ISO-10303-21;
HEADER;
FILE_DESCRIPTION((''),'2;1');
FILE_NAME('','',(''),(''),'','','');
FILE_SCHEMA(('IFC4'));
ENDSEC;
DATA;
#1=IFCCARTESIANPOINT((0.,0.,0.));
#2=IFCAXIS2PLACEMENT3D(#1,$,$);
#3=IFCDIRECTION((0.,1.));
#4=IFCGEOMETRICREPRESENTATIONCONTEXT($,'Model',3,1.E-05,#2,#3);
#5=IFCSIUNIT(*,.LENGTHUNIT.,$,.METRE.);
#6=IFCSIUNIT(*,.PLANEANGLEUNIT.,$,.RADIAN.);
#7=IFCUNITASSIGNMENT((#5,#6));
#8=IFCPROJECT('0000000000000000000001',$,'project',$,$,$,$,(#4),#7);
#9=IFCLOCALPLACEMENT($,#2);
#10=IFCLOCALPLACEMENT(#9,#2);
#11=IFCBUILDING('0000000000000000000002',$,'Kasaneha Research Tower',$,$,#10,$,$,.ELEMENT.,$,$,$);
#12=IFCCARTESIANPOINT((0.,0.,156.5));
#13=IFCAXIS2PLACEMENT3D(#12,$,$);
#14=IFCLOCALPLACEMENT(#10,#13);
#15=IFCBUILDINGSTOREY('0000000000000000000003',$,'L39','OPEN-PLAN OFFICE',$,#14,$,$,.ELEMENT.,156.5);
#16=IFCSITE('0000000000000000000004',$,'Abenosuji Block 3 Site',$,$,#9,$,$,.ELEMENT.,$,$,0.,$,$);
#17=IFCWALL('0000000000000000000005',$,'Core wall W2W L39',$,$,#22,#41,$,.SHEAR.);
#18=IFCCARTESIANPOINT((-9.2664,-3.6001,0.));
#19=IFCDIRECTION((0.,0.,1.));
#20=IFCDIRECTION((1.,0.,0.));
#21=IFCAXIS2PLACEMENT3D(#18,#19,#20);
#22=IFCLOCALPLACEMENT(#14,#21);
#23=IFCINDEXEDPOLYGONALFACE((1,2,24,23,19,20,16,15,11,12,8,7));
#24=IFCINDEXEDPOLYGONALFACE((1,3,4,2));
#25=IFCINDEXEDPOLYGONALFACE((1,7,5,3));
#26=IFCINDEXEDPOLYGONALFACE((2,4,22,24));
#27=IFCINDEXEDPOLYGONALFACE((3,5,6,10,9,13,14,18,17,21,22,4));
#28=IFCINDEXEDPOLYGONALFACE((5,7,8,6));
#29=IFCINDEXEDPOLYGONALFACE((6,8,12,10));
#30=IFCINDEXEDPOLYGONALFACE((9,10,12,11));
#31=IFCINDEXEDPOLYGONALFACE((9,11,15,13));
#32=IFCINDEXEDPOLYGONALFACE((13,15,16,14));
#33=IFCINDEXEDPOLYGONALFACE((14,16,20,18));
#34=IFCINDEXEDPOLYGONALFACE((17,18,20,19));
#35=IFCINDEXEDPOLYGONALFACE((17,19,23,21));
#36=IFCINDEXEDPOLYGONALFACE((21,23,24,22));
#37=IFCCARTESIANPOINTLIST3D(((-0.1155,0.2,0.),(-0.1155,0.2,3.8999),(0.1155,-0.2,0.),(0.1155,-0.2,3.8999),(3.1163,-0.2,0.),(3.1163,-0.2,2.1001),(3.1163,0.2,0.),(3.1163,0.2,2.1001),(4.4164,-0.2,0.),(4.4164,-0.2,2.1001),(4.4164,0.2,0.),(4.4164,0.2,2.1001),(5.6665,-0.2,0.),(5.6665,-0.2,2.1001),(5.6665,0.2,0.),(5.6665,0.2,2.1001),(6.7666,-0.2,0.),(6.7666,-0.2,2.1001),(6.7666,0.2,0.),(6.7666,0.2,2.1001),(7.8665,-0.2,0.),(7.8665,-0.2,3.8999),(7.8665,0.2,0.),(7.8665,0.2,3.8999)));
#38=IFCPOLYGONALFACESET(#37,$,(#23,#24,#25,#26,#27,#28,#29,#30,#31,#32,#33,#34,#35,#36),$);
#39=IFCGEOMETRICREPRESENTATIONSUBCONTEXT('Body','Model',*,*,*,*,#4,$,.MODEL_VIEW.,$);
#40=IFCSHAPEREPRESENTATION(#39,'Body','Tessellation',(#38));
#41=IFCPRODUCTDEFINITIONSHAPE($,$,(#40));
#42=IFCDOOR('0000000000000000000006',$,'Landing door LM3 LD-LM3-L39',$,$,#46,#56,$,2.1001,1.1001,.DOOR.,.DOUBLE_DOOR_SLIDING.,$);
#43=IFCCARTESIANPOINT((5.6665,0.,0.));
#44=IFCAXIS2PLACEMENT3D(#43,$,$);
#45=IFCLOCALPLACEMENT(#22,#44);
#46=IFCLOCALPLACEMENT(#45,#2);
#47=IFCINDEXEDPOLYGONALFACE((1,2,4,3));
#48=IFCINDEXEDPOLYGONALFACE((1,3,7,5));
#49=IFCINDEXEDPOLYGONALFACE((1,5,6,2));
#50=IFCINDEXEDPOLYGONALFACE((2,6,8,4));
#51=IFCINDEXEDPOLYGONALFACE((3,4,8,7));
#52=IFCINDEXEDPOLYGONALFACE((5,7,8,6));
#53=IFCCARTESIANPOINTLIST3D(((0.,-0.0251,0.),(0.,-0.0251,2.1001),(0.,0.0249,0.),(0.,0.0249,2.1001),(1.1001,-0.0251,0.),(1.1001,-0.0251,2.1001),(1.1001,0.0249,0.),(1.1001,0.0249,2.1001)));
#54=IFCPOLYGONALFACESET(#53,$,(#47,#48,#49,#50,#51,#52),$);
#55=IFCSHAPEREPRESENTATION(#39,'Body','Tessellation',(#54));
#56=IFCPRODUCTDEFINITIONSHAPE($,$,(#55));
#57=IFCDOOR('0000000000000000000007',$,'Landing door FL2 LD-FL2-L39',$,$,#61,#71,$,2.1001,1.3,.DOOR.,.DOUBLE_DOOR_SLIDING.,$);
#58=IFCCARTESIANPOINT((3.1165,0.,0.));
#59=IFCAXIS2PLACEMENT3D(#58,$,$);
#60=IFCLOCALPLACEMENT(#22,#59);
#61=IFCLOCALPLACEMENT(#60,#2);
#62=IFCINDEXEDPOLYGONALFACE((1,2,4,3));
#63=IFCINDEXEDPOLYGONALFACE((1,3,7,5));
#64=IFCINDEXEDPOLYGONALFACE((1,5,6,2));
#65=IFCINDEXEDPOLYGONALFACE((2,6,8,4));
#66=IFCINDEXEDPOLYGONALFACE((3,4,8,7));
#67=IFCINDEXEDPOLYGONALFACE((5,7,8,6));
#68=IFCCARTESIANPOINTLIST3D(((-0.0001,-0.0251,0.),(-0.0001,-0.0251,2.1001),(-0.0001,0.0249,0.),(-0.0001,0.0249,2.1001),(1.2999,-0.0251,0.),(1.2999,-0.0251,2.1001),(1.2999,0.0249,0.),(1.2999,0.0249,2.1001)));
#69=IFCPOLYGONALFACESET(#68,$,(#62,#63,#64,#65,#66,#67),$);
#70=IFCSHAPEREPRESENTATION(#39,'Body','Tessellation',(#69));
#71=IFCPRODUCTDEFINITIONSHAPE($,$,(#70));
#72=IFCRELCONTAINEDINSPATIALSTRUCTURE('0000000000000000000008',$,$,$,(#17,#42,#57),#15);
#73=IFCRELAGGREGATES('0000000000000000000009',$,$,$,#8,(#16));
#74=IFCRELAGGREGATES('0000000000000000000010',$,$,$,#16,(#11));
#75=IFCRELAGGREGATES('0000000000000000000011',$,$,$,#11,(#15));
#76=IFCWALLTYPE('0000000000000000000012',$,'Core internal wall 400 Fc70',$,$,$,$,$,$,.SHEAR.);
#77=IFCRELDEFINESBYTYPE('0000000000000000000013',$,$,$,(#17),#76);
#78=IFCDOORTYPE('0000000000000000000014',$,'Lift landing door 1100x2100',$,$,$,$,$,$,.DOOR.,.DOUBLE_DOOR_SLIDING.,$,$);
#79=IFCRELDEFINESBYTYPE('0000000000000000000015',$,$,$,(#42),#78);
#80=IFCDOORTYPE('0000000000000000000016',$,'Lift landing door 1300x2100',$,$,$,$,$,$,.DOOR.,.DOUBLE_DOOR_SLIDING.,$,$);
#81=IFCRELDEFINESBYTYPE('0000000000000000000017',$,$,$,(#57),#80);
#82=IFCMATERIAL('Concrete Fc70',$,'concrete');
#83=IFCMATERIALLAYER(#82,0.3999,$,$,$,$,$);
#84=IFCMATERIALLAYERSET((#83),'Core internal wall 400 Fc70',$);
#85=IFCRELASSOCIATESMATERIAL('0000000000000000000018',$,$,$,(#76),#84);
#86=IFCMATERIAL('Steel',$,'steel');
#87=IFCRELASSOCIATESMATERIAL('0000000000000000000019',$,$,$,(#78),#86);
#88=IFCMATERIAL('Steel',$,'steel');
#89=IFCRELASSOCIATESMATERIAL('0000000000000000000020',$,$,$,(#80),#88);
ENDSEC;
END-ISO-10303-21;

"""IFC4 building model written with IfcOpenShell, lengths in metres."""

from ifc_helpers import new_model, si_unit, direction, frame, frame_2d, origin, place, context, subcontext, project, spatial, polyline, rectangle, outline, extrude, material, layer, layer_set, type_object, element, fill, save


model = new_model("IFC4")

# Units and contexts
model_context = context("Model", 3, precision=1e-05, world=origin(), true_north=direction((0.0, 1.0)))
body_context = subcontext(model_context, "Body", "Model", "MODEL_VIEW")
ifc_project = project(units=[si_unit("LENGTHUNIT", "METRE"), si_unit("PLANEANGLEUNIT", "RADIAN")], contexts=[model_context])

# Site, building, storey
site_placement = place(None, origin())
site = spatial("IfcSite", under=ifc_project, at=site_placement, Name="Abenosuji Block 3 Site", CompositionType="ELEMENT", RefElevation=0.0)
building_placement = place(site_placement, origin())
building = spatial("IfcBuilding", under=site, at=building_placement, Name="Kasaneha Research Tower", CompositionType="ELEMENT")
storey_placement = place(building_placement, frame((0.0, 0.0, 156.5)))
storey = spatial("IfcBuildingStorey", under=building, at=storey_placement, Name="L39", Description="OPEN-PLAN OFFICE", CompositionType="ELEMENT", Elevation=156.5)

# Wall, openings, doors
ifc_material_1 = material(Name="Concrete Fc70", Category="concrete")
ifc_layer_1 = layer(ifc_material_1, 0.3999)
ifc_layer_set_1 = layer_set([ifc_layer_1], Name="Core internal wall 400 Fc70")
wall_type_1 = type_object("IfcWallType", Name="Core internal wall 400 Fc70", PredefinedType="SHEAR", material=ifc_layer_set_1)
wall_1_placement = place(storey_placement, frame((-9.2664, -3.6001, 0.0), z_axis=(0.0, 0.0, 1.0), x_axis=(1.0, 0.0, 0.0)))
wall_1 = element("IfcWall", 1, at=wall_1_placement, inside=storey, type_object=wall_type_1, Name="Core wall W2W L39", PredefinedType="SHEAR", context=body_context, shape_type="SweptSolid", body=[
    extrude(outline(polyline([(0.1155, -0.2), (3.1165, -0.2), (4.4165, -0.2), (5.6665, -0.2), (6.7666, -0.2), (7.8665, -0.2), (7.8665, 0.2), (6.7666, 0.2), (5.6665, 0.2), (4.4165, 0.2), (3.1165, 0.2), (-0.1155, 0.2), (0.1155, -0.2)])), origin(), (0.0, 0.0, 1.0), 3.8999),
])
opening_1_placement = place(wall_1_placement, frame((5.6665, 0.0, 0.0)))
opening_1 = element("IfcOpeningElement", 2, at=opening_1_placement, cuts=wall_1, PredefinedType="OPENING", context=body_context, shape_type="SweptSolid", body=[
    extrude(rectangle(XDim=1.1001, YDim=2.1001, at=frame_2d((0.55, 1.05))), frame((0.0, 0.21, 0.0), z_axis=(0.0, -1.0, 0.0), x_axis=(1.0, 0.0, 0.0)), (0.0, 0.0, 1.0), 0.4199),
])
opening_2_placement = place(wall_1_placement, frame((3.1165, 0.0, 0.0)))
opening_2 = element("IfcOpeningElement", 3, at=opening_2_placement, cuts=wall_1, PredefinedType="OPENING", context=body_context, shape_type="SweptSolid", body=[
    extrude(rectangle(XDim=1.3, YDim=2.1001, at=frame_2d((0.6499, 1.05))), frame((0.0, 0.21, 0.0), z_axis=(0.0, -1.0, 0.0), x_axis=(1.0, 0.0, 0.0)), (0.0, 0.0, 1.0), 0.4199),
])
ifc_material_2 = material(Name="Steel", Category="steel")
door_type_1 = type_object("IfcDoorType", Name="Lift landing door 1100x2100", OperationType="DOUBLE_DOOR_SLIDING", PredefinedType="DOOR", material=ifc_material_2)
door_1_placement = place(opening_1_placement, origin())
door_1 = element("IfcDoor", 4, at=door_1_placement, inside=storey, type_object=door_type_1, Name="Landing door LM3 LD-LM3-L39", OperationType="DOUBLE_DOOR_SLIDING", OverallHeight=2.1001, OverallWidth=1.1001, PredefinedType="DOOR", context=body_context, shape_type="SweptSolid", body=[
    extrude(rectangle(XDim=1.1001, YDim=2.1001, at=frame_2d((0.55, 1.05))), frame((0.0, 0.0249, 0.0), z_axis=(0.0, -1.0, 0.0), x_axis=(1.0, 0.0, 0.0)), (0.0, 0.0, 1.0), 0.05),
])
fill(opening_1, door_1)
ifc_material_3 = material(Name="Steel", Category="steel")
door_type_2 = type_object("IfcDoorType", Name="Lift landing door 1300x2100", OperationType="DOUBLE_DOOR_SLIDING", PredefinedType="DOOR", material=ifc_material_3)
door_2_placement = place(opening_2_placement, origin())
door_2 = element("IfcDoor", 5, at=door_2_placement, inside=storey, type_object=door_type_2, Name="Landing door FL2 LD-FL2-L39", OperationType="DOUBLE_DOOR_SLIDING", OverallHeight=2.1001, OverallWidth=1.3, PredefinedType="DOOR", context=body_context, shape_type="SweptSolid", body=[
    extrude(rectangle(XDim=1.3, YDim=2.1001, at=frame_2d((0.6499, 1.05))), frame((0.0, 0.0249, 0.0), z_axis=(0.0, -1.0, 0.0), x_axis=(1.0, 0.0, 0.0)), (0.0, 0.0, 1.0), 0.05),
])
fill(opening_2, door_2)

save(model, "model.ifc")
